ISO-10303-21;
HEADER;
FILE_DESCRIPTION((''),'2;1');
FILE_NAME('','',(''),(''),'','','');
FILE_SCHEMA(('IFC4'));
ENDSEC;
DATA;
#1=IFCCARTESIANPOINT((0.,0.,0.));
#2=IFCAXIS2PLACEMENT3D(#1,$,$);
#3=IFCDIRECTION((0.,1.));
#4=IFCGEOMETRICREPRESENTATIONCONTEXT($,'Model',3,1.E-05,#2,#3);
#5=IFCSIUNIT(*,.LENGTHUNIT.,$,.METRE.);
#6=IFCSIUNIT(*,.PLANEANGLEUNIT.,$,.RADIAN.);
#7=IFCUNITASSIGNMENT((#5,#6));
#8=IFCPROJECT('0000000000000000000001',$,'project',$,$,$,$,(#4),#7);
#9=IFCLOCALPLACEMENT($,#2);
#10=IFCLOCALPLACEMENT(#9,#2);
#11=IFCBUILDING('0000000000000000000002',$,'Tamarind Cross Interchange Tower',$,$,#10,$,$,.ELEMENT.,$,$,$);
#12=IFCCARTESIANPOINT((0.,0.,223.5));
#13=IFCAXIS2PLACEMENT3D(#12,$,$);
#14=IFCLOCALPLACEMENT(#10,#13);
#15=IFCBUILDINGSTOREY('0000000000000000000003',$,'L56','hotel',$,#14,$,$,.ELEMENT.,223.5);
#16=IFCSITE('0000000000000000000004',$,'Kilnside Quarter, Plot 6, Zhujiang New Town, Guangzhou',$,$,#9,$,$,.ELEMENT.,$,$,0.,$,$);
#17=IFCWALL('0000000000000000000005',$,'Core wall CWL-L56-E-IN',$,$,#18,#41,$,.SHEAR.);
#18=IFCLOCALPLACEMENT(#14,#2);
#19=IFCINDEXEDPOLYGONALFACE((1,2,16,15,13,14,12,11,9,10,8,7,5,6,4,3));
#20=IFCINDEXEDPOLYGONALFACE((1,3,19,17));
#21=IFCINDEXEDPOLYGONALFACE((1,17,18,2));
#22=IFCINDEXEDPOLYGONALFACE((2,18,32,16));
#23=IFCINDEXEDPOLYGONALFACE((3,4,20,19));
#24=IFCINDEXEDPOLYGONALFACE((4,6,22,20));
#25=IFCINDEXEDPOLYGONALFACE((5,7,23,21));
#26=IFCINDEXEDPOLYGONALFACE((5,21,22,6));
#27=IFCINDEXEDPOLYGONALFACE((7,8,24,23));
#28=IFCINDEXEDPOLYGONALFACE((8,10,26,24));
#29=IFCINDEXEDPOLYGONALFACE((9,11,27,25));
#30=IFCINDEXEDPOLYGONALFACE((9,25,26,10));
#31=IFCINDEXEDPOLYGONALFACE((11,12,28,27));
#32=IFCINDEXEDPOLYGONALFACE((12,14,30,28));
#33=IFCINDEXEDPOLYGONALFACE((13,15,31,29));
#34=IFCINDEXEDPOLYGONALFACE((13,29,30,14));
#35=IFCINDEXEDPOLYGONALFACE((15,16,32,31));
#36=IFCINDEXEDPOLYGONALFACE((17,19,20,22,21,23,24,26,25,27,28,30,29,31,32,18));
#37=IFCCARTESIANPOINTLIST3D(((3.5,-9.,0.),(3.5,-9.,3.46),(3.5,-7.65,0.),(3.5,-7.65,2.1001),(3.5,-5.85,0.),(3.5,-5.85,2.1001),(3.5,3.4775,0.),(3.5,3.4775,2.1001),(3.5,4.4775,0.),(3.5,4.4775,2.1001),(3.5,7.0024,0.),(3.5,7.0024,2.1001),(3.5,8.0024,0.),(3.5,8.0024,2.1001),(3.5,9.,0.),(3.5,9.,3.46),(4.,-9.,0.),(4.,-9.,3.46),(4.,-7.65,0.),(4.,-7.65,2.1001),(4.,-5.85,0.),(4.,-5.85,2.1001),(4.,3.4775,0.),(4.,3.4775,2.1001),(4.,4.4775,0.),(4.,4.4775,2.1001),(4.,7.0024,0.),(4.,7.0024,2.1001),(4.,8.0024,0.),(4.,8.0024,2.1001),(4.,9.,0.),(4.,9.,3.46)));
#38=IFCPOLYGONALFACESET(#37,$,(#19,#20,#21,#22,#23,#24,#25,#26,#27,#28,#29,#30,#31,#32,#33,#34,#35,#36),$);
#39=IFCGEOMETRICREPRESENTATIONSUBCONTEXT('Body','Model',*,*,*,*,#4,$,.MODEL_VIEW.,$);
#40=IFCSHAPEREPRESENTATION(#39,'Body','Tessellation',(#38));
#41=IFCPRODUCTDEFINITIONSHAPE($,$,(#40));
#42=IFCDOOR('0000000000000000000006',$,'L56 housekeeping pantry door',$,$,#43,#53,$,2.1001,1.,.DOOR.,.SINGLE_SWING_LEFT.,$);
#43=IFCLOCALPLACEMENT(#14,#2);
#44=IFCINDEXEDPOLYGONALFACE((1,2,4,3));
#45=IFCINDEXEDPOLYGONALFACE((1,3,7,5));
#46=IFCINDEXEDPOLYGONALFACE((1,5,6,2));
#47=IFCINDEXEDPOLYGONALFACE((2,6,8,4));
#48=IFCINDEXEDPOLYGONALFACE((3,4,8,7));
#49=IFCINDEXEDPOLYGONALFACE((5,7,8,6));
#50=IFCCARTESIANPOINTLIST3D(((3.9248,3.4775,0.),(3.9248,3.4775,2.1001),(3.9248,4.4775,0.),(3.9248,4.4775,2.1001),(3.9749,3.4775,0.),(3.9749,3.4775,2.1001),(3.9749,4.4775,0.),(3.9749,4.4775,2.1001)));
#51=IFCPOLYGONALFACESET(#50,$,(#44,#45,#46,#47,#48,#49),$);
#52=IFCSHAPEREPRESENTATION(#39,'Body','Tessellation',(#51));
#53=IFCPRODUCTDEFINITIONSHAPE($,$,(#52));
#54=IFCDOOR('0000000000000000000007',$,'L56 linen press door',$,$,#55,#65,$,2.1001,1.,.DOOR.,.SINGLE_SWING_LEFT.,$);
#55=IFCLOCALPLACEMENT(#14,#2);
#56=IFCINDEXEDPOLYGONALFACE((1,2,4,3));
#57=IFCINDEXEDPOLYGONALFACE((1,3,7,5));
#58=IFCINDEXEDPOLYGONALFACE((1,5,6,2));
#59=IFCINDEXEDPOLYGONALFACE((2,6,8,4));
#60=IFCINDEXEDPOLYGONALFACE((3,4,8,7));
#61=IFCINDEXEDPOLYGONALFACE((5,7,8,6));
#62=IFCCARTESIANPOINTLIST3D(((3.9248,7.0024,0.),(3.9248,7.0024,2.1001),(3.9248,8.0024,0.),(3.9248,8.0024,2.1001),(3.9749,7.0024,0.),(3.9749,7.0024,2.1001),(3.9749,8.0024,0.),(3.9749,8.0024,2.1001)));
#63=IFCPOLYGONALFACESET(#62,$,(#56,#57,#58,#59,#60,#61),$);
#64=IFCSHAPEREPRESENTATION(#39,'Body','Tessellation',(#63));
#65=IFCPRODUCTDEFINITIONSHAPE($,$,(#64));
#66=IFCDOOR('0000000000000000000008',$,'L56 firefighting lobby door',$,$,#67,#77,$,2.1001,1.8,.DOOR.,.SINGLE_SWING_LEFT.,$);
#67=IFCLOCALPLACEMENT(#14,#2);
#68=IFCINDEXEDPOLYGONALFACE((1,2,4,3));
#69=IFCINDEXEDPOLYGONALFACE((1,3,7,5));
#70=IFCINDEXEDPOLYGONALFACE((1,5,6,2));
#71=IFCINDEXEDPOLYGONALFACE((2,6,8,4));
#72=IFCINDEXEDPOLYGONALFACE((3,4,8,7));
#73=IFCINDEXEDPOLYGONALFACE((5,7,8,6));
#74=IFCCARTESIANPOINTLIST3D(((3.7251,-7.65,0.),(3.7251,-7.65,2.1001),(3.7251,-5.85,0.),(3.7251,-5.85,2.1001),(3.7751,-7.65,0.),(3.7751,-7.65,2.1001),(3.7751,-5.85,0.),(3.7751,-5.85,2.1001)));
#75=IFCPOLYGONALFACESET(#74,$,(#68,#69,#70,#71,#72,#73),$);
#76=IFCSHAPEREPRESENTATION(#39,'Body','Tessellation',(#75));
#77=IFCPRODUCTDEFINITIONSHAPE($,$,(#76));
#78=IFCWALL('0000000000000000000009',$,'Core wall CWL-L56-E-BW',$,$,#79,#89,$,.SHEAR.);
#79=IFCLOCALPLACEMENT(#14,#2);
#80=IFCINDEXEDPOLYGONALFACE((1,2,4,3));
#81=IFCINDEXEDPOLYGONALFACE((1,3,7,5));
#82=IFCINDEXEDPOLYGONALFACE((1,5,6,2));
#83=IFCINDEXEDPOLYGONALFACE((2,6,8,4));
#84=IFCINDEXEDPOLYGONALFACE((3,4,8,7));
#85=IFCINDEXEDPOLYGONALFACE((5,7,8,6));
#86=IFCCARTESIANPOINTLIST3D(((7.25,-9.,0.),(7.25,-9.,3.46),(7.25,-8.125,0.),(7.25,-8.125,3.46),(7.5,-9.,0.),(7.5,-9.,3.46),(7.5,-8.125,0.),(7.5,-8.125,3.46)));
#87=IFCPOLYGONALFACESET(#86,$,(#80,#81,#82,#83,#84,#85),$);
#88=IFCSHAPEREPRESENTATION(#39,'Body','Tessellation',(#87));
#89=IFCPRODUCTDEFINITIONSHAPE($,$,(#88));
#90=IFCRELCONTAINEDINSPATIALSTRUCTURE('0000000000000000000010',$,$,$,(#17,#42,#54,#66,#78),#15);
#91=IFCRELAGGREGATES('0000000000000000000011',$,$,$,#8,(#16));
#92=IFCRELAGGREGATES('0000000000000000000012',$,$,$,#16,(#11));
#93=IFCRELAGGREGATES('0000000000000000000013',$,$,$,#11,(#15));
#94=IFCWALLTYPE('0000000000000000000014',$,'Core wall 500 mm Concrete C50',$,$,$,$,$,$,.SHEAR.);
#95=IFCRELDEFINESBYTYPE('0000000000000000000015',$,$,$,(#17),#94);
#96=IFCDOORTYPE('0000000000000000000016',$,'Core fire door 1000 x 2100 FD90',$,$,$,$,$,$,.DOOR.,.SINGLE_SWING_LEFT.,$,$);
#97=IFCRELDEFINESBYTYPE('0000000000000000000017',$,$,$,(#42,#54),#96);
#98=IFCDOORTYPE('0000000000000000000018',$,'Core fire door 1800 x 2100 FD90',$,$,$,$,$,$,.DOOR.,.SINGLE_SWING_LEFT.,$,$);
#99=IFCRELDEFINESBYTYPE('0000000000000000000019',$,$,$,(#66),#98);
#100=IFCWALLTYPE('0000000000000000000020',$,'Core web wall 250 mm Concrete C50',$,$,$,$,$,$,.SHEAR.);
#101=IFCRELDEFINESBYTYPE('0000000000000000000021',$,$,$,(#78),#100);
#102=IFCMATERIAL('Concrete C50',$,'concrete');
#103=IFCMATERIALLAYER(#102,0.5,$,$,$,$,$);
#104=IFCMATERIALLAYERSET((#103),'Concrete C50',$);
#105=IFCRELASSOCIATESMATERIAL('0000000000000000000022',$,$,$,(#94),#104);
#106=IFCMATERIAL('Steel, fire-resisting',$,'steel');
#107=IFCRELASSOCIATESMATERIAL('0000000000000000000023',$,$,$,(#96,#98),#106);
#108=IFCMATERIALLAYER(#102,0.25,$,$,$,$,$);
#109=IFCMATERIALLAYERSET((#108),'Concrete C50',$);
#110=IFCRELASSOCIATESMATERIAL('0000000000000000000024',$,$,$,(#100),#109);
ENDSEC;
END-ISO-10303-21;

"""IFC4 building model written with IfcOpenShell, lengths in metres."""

from ifc_helpers import new_model, si_unit, direction, frame, frame_2d, origin, place, context, subcontext, project, spatial, rectangle, extrude, material, layer, layer_set, type_object, element, fill, save


model = new_model("IFC4")

# Units and contexts
model_context = context("Model", 3, precision=1e-05, world=origin(), true_north=direction((0.0, 1.0)))
body_context = subcontext(model_context, "Body", "Model", "MODEL_VIEW")
ifc_project = project(units=[si_unit("LENGTHUNIT", "METRE"), si_unit("PLANEANGLEUNIT", "RADIAN")], contexts=[model_context])

# Site, building, storey
site_placement = place(None, origin())
site = spatial("IfcSite", under=ifc_project, at=site_placement, Name="Kilnside Quarter, Plot 6, Zhujiang New Town, Guangzhou", CompositionType="ELEMENT", RefElevation=0.0)
building_placement = place(site_placement, origin())
building = spatial("IfcBuilding", under=site, at=building_placement, Name="Tamarind Cross Interchange Tower", CompositionType="ELEMENT")
storey_placement = place(building_placement, frame((0.0, 0.0, 223.5)))
storey = spatial("IfcBuildingStorey", under=building, at=storey_placement, Name="L56", Description="hotel", CompositionType="ELEMENT", Elevation=223.5)

# Wall, openings, doors
ifc_material_1 = material(Name="Concrete C50", Category="concrete")
ifc_layer_1 = layer(ifc_material_1, 0.5)
ifc_layer_set_1 = layer_set([ifc_layer_1], Name="Concrete C50")
wall_type_1 = type_object("IfcWallType", Name="Core wall 500 mm Concrete C50", PredefinedType="SHEAR", material=ifc_layer_set_1)
wall_1_placement = place(storey_placement, frame((3.75, -9.0, 0.0), z_axis=(0.0, 0.0, 1.0), x_axis=(0.0, 1.0, 0.0)))
wall_1 = element("IfcWall", 1, at=wall_1_placement, inside=storey, type_object=wall_type_1, Name="Core wall CWL-L56-E-IN", PredefinedType="SHEAR", context=body_context, shape_type="SweptSolid", body=[
    extrude(rectangle(XDim=18.0, YDim=0.5, at=frame_2d((9.0, 0.0))), origin(), (0.0, 0.0, 1.0), 3.46),
])
opening_1_placement = place(wall_1_placement, frame((1.3501, 0.0, 0.0)))
opening_1 = element("IfcOpeningElement", 2, at=opening_1_placement, cuts=wall_1, PredefinedType="OPENING", context=body_context, shape_type="SweptSolid", body=[
    extrude(rectangle(XDim=1.8, YDim=2.1001, at=frame_2d((0.8999, 1.05))), frame((0.0, 0.26, 0.0), z_axis=(0.0, -1.0, 0.0), x_axis=(1.0, 0.0, 0.0)), (0.0, 0.0, 1.0), 0.52),
])
opening_2_placement = place(wall_1_placement, frame((12.4775, 0.0, 0.0)))
opening_2 = element("IfcOpeningElement", 3, at=opening_2_placement, cuts=wall_1, PredefinedType="OPENING", context=body_context, shape_type="SweptSolid", body=[
    extrude(rectangle(XDim=1.0, YDim=2.1001, at=frame_2d((0.5, 1.05))), frame((0.0, 0.26, 0.0), z_axis=(0.0, -1.0, 0.0), x_axis=(1.0, 0.0, 0.0)), (0.0, 0.0, 1.0), 0.52),
])
opening_3_placement = place(wall_1_placement, frame((16.0024, 0.0, 0.0)))
opening_3 = element("IfcOpeningElement", 4, at=opening_3_placement, cuts=wall_1, PredefinedType="OPENING", context=body_context, shape_type="SweptSolid", body=[
    extrude(rectangle(XDim=1.0, YDim=2.1001, at=frame_2d((0.5, 1.05))), frame((0.0, 0.26, 0.0), z_axis=(0.0, -1.0, 0.0), x_axis=(1.0, 0.0, 0.0)), (0.0, 0.0, 1.0), 0.52),
])
ifc_material_2 = material(Name="Steel, fire-resisting", Category="steel")
door_type_1 = type_object("IfcDoorType", Name="Core fire door 1000 x 2100 FD90", OperationType="SINGLE_SWING_LEFT", PredefinedType="DOOR", material=ifc_material_2)
door_1_placement = place(opening_2_placement, origin())
door_1 = element("IfcDoor", 5, at=door_1_placement, inside=storey, type_object=door_type_1, Name="L56 housekeeping pantry door", OperationType="SINGLE_SWING_LEFT", OverallHeight=2.1001, OverallWidth=1.0, PredefinedType="DOOR", context=body_context, shape_type="SweptSolid", body=[
    extrude(rectangle(XDim=1.0, YDim=2.1001, at=frame_2d((0.5, 1.05))), frame((0.0, -0.1748, 0.0), z_axis=(0.0, -1.0, 0.0), x_axis=(1.0, 0.0, 0.0)), (0.0, 0.0, 1.0), 0.05),
])
fill(opening_2, door_1)
door_2_placement = place(opening_3_placement, origin())
door_2 = element("IfcDoor", 6, at=door_2_placement, inside=storey, type_object=door_type_1, Name="L56 linen press door", OperationType="SINGLE_SWING_LEFT", OverallHeight=2.1001, OverallWidth=1.0, PredefinedType="DOOR", context=body_context, shape_type="SweptSolid", body=[
    extrude(rectangle(XDim=1.0, YDim=2.1001, at=frame_2d((0.5, 1.05))), frame((0.0, -0.1748, 0.0), z_axis=(0.0, -1.0, 0.0), x_axis=(1.0, 0.0, 0.0)), (0.0, 0.0, 1.0), 0.05),
])
fill(opening_3, door_2)
door_type_2 = type_object("IfcDoorType", Name="Core fire door 1800 x 2100 FD90", OperationType="SINGLE_SWING_LEFT", PredefinedType="DOOR", material=ifc_material_2)
door_3_placement = place(opening_1_placement, origin())
door_3 = element("IfcDoor", 7, at=door_3_placement, inside=storey, type_object=door_type_2, Name="L56 firefighting lobby door", OperationType="SINGLE_SWING_LEFT", OverallHeight=2.1001, OverallWidth=1.8, PredefinedType="DOOR", context=body_context, shape_type="SweptSolid", body=[
    extrude(rectangle(XDim=1.8, YDim=2.1001, at=frame_2d((0.8999, 1.05))), frame((0.0, 0.0249, 0.0), z_axis=(0.0, -1.0, 0.0), x_axis=(1.0, 0.0, 0.0)), (0.0, 0.0, 1.0), 0.05),
])
fill(opening_1, door_3)

# Wall
ifc_layer_2 = layer(ifc_material_1, 0.25)
ifc_layer_set_2 = layer_set([ifc_layer_2], Name="Concrete C50")
wall_type_2 = type_object("IfcWallType", Name="Core web wall 250 mm Concrete C50", PredefinedType="SHEAR", material=ifc_layer_set_2)
wall_2_placement = place(storey_placement, frame((7.375, -9.0, 0.0), z_axis=(0.0, 0.0, 1.0), x_axis=(0.0, 1.0, 0.0)))
element("IfcWall", 8, at=wall_2_placement, inside=storey, type_object=wall_type_2, Name="Core wall CWL-L56-E-BW", PredefinedType="SHEAR", context=body_context, shape_type="SweptSolid", body=[
    extrude(rectangle(XDim=0.875, YDim=0.25, at=frame_2d((0.4375, 0.0))), origin(), (0.0, 0.0, 1.0), 3.46),
])

save(model, "model.ifc")
